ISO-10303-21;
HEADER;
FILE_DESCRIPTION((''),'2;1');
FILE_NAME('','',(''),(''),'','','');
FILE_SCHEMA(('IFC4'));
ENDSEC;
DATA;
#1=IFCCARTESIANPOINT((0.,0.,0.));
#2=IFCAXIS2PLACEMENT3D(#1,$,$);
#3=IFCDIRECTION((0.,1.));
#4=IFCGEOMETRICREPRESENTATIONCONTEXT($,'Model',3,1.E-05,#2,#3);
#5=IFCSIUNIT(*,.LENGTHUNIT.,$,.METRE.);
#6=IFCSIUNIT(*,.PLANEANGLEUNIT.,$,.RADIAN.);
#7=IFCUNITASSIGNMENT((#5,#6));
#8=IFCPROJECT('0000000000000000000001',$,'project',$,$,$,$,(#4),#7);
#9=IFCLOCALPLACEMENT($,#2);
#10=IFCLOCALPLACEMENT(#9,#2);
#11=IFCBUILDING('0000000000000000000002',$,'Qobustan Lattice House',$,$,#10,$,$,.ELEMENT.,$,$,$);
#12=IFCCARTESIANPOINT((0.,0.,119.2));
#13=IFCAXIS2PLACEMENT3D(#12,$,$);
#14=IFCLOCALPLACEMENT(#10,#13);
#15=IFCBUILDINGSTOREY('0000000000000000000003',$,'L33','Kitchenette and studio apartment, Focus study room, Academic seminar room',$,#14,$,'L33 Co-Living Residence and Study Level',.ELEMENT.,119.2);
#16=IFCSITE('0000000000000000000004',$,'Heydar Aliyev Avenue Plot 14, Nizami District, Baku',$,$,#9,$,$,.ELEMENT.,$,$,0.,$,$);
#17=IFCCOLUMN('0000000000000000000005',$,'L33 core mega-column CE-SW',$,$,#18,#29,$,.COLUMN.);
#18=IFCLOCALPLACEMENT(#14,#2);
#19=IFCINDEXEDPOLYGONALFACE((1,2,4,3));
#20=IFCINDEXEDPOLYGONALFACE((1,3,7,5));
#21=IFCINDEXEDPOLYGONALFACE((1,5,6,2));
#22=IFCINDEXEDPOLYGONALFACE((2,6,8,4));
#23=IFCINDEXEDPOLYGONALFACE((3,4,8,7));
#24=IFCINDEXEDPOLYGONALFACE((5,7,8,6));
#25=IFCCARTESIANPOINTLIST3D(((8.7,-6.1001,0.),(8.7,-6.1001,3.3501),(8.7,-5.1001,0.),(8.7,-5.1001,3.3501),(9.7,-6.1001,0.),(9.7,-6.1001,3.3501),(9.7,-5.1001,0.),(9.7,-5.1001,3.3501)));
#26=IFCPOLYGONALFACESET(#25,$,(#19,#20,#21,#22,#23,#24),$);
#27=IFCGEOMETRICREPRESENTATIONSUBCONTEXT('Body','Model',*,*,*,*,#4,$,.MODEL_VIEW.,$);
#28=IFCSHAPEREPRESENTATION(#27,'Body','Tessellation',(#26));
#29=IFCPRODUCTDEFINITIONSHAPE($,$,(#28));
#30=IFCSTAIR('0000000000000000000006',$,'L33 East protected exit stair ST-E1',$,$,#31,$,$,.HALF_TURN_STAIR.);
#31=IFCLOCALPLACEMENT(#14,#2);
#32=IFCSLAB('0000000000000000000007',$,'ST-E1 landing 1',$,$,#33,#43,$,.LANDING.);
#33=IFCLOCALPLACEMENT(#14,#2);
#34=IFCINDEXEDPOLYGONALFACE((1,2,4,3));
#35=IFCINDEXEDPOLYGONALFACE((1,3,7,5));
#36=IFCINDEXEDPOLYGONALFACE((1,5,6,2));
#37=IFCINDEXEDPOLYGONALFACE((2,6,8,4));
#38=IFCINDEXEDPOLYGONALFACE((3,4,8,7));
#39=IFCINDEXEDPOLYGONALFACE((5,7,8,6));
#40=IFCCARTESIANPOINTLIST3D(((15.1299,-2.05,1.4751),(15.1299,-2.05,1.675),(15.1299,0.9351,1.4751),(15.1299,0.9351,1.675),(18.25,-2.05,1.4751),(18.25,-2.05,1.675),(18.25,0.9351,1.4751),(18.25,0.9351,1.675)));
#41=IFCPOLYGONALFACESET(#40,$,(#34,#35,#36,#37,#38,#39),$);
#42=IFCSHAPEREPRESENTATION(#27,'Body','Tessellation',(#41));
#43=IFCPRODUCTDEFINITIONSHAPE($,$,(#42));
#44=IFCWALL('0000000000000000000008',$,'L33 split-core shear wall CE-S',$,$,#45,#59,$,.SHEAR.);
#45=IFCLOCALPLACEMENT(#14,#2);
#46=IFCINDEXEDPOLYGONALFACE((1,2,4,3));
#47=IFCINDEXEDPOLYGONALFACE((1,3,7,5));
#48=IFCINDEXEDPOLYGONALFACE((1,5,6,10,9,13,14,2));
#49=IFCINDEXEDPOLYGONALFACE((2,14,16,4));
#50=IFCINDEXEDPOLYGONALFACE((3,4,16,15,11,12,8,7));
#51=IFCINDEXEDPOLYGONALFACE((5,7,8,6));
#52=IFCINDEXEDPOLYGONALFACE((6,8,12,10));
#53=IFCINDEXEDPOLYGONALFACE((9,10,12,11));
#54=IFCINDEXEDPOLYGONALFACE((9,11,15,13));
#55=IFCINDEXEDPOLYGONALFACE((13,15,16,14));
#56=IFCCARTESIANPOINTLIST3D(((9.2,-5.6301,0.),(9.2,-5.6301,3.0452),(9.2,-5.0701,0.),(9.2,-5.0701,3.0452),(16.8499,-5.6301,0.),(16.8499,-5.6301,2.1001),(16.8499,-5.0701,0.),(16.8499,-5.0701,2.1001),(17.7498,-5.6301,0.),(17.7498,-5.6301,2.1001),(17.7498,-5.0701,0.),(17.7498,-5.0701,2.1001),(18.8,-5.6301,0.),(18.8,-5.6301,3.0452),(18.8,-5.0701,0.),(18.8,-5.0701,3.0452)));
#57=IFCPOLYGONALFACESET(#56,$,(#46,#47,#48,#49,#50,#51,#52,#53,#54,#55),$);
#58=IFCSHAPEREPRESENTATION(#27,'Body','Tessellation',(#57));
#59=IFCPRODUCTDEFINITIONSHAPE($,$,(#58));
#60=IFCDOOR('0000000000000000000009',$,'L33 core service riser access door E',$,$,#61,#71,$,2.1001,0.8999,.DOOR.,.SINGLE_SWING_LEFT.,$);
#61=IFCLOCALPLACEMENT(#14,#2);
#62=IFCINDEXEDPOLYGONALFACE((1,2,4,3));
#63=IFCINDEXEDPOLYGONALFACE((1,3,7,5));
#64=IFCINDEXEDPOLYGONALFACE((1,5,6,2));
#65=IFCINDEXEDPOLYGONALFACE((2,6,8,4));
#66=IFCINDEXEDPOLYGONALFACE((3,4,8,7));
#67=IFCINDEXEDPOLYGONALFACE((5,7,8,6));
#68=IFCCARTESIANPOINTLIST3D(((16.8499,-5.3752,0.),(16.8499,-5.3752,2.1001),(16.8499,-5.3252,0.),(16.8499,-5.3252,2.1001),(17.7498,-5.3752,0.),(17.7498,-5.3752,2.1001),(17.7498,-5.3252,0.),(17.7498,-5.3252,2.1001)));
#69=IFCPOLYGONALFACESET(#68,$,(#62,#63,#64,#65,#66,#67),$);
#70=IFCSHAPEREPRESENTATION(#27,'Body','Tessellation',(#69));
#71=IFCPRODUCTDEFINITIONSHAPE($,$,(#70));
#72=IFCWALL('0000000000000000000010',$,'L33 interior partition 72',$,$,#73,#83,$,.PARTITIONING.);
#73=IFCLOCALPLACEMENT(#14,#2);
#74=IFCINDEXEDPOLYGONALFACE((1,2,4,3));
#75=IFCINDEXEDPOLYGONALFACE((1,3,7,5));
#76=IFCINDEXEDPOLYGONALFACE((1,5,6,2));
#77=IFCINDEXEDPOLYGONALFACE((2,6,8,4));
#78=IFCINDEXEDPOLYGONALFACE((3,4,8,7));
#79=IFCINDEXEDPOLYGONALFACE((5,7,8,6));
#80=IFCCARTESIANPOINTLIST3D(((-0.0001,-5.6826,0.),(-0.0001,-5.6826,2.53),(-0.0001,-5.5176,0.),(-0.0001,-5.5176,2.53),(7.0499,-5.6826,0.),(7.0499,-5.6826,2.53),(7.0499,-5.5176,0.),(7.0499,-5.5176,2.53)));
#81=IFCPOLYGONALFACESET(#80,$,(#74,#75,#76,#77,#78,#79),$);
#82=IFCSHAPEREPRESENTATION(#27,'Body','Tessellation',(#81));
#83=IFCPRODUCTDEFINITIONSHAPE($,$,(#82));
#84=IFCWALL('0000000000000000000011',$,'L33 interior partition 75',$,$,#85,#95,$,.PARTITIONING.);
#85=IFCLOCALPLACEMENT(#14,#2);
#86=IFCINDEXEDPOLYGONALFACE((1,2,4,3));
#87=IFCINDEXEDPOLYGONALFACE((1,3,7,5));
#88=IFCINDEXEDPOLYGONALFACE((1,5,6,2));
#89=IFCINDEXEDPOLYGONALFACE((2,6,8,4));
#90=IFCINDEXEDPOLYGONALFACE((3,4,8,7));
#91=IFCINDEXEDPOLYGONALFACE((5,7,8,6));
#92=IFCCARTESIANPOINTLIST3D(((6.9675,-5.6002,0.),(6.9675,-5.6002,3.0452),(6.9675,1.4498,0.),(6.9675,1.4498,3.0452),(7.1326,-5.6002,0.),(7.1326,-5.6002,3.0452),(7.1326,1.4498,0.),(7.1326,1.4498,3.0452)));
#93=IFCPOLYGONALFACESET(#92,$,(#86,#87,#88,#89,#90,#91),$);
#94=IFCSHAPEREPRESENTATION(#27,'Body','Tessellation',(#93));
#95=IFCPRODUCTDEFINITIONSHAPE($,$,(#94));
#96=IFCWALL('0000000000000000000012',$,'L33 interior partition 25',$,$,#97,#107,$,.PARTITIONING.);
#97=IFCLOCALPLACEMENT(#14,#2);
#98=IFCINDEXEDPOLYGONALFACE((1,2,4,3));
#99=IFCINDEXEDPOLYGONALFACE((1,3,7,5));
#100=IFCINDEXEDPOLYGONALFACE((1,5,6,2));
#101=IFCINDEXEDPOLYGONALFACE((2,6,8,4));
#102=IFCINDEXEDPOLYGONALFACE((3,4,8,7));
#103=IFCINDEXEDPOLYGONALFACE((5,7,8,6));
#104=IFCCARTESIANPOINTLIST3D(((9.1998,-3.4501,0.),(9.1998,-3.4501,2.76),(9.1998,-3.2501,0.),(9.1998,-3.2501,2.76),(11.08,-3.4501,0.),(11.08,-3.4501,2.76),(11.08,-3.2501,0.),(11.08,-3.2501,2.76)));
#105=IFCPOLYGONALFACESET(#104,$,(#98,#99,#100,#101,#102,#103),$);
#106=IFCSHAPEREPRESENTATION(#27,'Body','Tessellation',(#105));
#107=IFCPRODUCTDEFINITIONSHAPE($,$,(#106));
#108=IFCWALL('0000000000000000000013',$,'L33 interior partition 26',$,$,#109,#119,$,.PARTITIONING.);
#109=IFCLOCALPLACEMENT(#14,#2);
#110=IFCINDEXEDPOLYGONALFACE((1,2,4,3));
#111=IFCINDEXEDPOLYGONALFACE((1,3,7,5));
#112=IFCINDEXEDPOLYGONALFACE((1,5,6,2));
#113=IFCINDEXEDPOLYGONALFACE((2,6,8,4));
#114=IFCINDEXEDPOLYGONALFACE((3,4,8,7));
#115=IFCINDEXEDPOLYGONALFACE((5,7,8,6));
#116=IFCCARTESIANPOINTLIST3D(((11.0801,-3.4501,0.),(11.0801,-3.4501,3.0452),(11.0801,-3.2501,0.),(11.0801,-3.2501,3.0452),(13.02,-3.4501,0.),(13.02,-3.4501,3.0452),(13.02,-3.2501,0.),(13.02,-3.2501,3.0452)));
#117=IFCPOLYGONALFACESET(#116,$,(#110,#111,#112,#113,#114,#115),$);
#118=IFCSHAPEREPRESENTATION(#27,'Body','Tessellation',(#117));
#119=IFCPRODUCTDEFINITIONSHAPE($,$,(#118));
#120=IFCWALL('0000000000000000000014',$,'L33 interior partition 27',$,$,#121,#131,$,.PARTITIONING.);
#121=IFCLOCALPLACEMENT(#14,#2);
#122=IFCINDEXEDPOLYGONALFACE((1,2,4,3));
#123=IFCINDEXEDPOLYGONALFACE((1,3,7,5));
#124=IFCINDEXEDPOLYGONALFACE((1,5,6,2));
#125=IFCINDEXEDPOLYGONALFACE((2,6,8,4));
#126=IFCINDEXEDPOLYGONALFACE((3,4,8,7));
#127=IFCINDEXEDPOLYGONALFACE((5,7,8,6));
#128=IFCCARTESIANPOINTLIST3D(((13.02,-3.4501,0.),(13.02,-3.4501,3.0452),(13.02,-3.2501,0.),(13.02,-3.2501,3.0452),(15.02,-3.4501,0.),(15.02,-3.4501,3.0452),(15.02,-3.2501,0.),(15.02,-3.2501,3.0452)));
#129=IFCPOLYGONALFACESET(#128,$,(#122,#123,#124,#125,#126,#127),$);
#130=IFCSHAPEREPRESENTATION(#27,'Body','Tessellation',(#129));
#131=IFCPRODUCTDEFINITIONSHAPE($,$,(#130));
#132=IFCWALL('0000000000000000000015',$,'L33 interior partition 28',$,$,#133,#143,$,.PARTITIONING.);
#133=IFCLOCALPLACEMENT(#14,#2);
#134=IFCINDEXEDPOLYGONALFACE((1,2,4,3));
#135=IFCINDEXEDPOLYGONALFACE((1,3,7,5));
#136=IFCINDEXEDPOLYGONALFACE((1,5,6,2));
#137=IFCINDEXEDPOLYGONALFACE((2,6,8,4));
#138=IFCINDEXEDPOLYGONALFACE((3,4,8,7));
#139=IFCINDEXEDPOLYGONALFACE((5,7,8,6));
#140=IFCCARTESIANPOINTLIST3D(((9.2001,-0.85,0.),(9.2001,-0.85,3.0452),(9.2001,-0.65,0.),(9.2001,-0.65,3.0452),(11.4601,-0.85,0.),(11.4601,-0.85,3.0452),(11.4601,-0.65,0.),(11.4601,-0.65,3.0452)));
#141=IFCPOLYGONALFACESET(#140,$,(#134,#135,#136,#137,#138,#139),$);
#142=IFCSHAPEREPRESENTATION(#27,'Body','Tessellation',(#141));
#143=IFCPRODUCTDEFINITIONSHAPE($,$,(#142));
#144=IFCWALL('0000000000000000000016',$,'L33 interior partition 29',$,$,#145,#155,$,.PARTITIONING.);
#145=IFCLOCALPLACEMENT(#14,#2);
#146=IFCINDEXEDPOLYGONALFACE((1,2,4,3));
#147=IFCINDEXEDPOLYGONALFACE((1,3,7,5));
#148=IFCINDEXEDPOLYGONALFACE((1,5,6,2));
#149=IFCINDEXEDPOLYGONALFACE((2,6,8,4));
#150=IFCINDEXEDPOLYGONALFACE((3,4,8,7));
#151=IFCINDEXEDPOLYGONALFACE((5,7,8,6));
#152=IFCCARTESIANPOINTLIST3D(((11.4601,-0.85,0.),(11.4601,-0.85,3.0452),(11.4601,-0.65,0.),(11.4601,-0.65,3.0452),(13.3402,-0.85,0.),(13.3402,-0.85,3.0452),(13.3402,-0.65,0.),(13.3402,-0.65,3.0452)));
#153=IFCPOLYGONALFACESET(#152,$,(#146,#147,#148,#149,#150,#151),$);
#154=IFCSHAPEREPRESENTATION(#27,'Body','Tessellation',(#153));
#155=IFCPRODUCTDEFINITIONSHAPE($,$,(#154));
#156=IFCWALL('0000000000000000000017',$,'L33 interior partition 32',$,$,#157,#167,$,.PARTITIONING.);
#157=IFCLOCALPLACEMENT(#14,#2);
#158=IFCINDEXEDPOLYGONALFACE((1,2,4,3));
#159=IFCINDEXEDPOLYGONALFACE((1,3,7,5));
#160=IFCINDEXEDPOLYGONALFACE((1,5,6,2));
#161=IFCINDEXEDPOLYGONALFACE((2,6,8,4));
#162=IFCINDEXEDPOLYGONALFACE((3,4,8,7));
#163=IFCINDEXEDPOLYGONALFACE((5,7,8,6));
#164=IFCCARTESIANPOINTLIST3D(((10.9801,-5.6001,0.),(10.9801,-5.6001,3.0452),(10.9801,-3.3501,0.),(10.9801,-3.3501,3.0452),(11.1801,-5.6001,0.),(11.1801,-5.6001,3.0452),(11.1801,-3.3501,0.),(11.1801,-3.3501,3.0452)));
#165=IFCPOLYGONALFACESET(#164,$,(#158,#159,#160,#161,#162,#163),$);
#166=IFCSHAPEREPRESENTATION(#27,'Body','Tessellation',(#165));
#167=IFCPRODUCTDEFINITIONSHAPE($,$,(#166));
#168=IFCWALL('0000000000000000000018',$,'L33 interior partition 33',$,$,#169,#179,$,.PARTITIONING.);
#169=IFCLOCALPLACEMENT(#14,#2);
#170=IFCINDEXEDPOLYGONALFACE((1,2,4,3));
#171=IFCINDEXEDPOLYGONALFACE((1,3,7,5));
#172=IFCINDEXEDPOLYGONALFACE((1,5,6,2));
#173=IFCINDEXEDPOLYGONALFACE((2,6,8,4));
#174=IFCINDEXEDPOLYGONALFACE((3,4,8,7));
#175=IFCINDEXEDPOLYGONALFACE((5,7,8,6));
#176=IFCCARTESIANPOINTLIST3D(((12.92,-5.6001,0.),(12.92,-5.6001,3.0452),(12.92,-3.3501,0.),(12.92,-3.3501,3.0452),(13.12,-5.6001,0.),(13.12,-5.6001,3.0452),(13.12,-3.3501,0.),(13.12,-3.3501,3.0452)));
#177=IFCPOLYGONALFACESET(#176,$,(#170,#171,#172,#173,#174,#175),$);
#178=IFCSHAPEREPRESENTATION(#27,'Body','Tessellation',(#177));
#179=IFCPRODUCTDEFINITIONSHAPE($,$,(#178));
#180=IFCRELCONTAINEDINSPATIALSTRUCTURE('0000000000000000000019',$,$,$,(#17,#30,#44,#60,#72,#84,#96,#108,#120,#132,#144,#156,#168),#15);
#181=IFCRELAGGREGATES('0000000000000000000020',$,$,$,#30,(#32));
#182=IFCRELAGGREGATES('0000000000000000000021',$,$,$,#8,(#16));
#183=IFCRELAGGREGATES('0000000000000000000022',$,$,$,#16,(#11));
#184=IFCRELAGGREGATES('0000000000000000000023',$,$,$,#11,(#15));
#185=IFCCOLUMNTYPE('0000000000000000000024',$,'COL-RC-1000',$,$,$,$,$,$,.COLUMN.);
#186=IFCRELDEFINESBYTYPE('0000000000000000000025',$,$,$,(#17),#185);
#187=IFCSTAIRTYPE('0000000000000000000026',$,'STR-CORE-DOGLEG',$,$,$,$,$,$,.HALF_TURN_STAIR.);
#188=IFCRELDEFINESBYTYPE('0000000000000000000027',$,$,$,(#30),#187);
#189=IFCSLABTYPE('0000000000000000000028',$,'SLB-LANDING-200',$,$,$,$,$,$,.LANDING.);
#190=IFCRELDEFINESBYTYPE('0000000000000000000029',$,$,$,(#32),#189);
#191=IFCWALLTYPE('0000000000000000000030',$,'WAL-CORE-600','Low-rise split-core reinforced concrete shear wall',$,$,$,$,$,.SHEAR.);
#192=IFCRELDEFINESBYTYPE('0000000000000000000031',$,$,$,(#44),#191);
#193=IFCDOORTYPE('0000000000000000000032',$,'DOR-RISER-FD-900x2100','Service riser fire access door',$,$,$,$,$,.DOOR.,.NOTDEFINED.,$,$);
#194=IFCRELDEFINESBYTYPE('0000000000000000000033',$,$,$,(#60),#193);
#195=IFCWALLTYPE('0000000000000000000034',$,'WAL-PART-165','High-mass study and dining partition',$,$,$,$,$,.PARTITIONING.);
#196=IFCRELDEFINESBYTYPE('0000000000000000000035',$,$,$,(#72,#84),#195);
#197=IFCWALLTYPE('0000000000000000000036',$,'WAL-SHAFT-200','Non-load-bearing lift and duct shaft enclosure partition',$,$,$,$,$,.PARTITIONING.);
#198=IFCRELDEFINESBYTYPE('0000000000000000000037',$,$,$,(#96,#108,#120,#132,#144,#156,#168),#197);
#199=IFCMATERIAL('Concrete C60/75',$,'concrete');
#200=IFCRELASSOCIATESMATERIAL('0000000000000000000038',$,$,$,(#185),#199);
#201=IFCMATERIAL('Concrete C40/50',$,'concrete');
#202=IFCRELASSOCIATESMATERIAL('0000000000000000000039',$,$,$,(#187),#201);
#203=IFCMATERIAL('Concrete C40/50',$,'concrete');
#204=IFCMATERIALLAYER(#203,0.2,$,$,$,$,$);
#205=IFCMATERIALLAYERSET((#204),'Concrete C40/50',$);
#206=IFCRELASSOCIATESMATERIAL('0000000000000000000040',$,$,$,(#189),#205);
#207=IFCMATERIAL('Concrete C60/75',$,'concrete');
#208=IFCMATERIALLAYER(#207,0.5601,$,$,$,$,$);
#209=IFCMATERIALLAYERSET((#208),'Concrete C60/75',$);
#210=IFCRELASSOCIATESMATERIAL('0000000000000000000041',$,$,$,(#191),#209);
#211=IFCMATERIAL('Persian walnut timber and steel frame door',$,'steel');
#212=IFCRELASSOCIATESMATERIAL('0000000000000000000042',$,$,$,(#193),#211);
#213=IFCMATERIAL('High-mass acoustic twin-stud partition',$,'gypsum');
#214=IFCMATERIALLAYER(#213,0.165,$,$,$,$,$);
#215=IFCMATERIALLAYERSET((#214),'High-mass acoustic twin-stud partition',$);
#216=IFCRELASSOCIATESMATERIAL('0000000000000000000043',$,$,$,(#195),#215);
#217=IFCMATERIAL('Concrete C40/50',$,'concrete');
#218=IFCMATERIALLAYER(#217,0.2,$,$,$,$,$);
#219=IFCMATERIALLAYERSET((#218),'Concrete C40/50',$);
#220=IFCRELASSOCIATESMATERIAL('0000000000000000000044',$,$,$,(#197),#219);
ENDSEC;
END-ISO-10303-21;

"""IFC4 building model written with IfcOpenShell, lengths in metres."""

from ifc_helpers import new_model, si_unit, direction, frame, frame_2d, origin, origin_2d, place, context, subcontext, project, spatial, polyline, rectangle, outline, extrude, material, layer, layer_set, material_profile, profile_set, type_object, element, fill, aggregate, save


model = new_model("IFC4")

# Units and contexts
model_context = context("Model", 3, precision=1e-05, world=origin(), true_north=direction((0.0, 1.0)))
body_context = subcontext(model_context, "Body", "Model", "MODEL_VIEW")
ifc_project = project(units=[si_unit("LENGTHUNIT", "METRE"), si_unit("PLANEANGLEUNIT", "RADIAN")], contexts=[model_context])

# Site, building, storey
site_placement = place(None, origin())
site = spatial("IfcSite", under=ifc_project, at=site_placement, Name="Heydar Aliyev Avenue Plot 14, Nizami District, Baku", CompositionType="ELEMENT", RefElevation=0.0)
building_placement = place(site_placement, origin())
building = spatial("IfcBuilding", under=site, at=building_placement, Name="Qobustan Lattice House", CompositionType="ELEMENT")
storey_placement = place(building_placement, frame((0.0, 0.0, 119.2)))
storey = spatial("IfcBuildingStorey", under=building, at=storey_placement, Name="L33", Description="Kitchenette and studio apartment, Focus study room, Academic seminar room", LongName="L33 Co-Living Residence and Study Level", CompositionType="ELEMENT", Elevation=119.2)

# Column
ifc_material_1 = material(Name="Concrete C60/75", Category="concrete")
ifc_material_profile = material_profile(ifc_material_1, rectangle(XDim=1.0, YDim=1.0, at=origin_2d()), Name="RC1000x1000")
ifc_profile_set = profile_set([ifc_material_profile], Name="Concrete C60/75")
column_type = type_object("IfcColumnType", Name="COL-RC-1000", PredefinedType="COLUMN", material=ifc_profile_set)
column_placement = place(storey_placement, frame((9.2, -5.6001, 0.0), z_axis=(0.0, 0.0, 1.0), x_axis=(1.0, 0.0, 0.0)))
element("IfcColumn", 1, at=column_placement, inside=storey, type_object=column_type, Name="L33 core mega-column CE-SW", PredefinedType="COLUMN", context=body_context, shape_type="SweptSolid", body=[
    extrude(rectangle(XDim=1.0, YDim=1.0, at=origin_2d()), origin(), (0.0, 0.0, 1.0), 3.3501),
])

# Stair, slab
ifc_material_2 = material(Name="Concrete C40/50", Category="concrete")
stair_type = type_object("IfcStairType", Name="STR-CORE-DOGLEG", PredefinedType="HALF_TURN_STAIR", material=ifc_material_2)
stair_placement = place(storey_placement, origin())
stair = element("IfcStair", 2, at=stair_placement, inside=storey, type_object=stair_type, Name="L33 East protected exit stair ST-E1", PredefinedType="HALF_TURN_STAIR")
ifc_material_3 = material(Name="Concrete C40/50", Category="concrete")
ifc_layer_1 = layer(ifc_material_3, 0.2)
ifc_layer_set_1 = layer_set([ifc_layer_1], Name="Concrete C40/50")
slab_type = type_object("IfcSlabType", Name="SLB-LANDING-200", PredefinedType="LANDING", material=ifc_layer_set_1)
slab_placement = place(storey_placement, frame((0.0, 0.0, 1.4751)))
slab = element("IfcSlab", 3, at=slab_placement, type_object=slab_type, Name="ST-E1 landing 1", PredefinedType="LANDING", context=body_context, shape_type="SweptSolid", body=[
    extrude(outline(polyline([(15.1299, 0.9351), (15.1299, -2.05), (18.25, -2.05), (18.25, 0.9351), (15.1299, 0.9351)])), origin(), (0.0, 0.0, 1.0), 0.2),
])
aggregate(stair, [slab])

# Wall, opening, door
ifc_material_4 = material(Name="Concrete C60/75", Category="concrete")
ifc_layer_2 = layer(ifc_material_4, 0.5601)
ifc_layer_set_2 = layer_set([ifc_layer_2], Name="Concrete C60/75")
wall_type_1 = type_object("IfcWallType", Name="WAL-CORE-600", Description="Low-rise split-core reinforced concrete shear wall", PredefinedType="SHEAR", material=ifc_layer_set_2)
wall_1_placement = place(storey_placement, frame((9.2, -5.3501, 0.0), z_axis=(0.0, 0.0, 1.0), x_axis=(1.0, 0.0, 0.0)))
wall_1 = element("IfcWall", 4, at=wall_1_placement, inside=storey, type_object=wall_type_1, Name="L33 split-core shear wall CE-S", PredefinedType="SHEAR", context=body_context, shape_type="SweptSolid", body=[
    extrude(rectangle(XDim=9.6001, YDim=0.5601, at=frame_2d((4.8, 0.0))), origin(), (0.0, 0.0, 1.0), 3.0452),
])
opening_1_placement = place(wall_1_placement, frame((7.6499, 0.0, 0.0)))
opening_1 = element("IfcOpeningElement", 5, at=opening_1_placement, cuts=wall_1, PredefinedType="OPENING", context=body_context, shape_type="SweptSolid", body=[
    extrude(rectangle(XDim=0.8999, YDim=2.1001, at=frame_2d((0.45, 1.05))), frame((0.0, 0.29, 0.0), z_axis=(0.0, -1.0, 0.0), x_axis=(1.0, 0.0, 0.0)), (0.0, 0.0, 1.0), 0.5801),
])
ifc_material_5 = material(Name="Persian walnut timber and steel frame door", Category="steel")
door_type_1 = type_object("IfcDoorType", Name="DOR-RISER-FD-900x2100", Description="Service riser fire access door", OperationType="NOTDEFINED", PredefinedType="DOOR", material=ifc_material_5)
door_1_placement = place(opening_1_placement, origin())
door_1 = element("IfcDoor", 6, at=door_1_placement, inside=storey, type_object=door_type_1, Name="L33 core service riser access door E", OperationType="SINGLE_SWING_LEFT", OverallHeight=2.1001, OverallWidth=0.8999, PredefinedType="DOOR", context=body_context, shape_type="SweptSolid", body=[
    extrude(rectangle(XDim=0.8999, YDim=2.1001, at=frame_2d((0.45, 1.05))), frame((0.0, 0.0249, 0.0), z_axis=(0.0, -1.0, 0.0), x_axis=(1.0, 0.0, 0.0)), (0.0, 0.0, 1.0), 0.05),
])
fill(opening_1, door_1)

# Walls
ifc_material_6 = material(Name="High-mass acoustic twin-stud partition", Category="gypsum")
ifc_layer_3 = layer(ifc_material_6, 0.165)
ifc_layer_set_3 = layer_set([ifc_layer_3], Name="High-mass acoustic twin-stud partition")
wall_type_2 = type_object("IfcWallType", Name="WAL-PART-165", Description="High-mass study and dining partition", PredefinedType="PARTITIONING", material=ifc_layer_set_3)
wall_2_placement = place(storey_placement, frame((0.0, -5.6001, 0.0), z_axis=(0.0, 0.0, 1.0), x_axis=(1.0, 0.0, 0.0)))
element("IfcWall", 7, at=wall_2_placement, inside=storey, type_object=wall_type_2, Name="L33 interior partition 72", PredefinedType="PARTITIONING", context=body_context, shape_type="SweptSolid", body=[
    extrude(rectangle(XDim=7.05, YDim=0.165, at=frame_2d((3.5249, 0.0))), origin(), (0.0, 0.0, 1.0), 2.53),
])
wall_3_placement = place(storey_placement, frame((7.05, -5.6001, 0.0), z_axis=(0.0, 0.0, 1.0), x_axis=(0.0, 1.0, 0.0)))
element("IfcWall", 8, at=wall_3_placement, inside=storey, type_object=wall_type_2, Name="L33 interior partition 75", PredefinedType="PARTITIONING", context=body_context, shape_type="SweptSolid", body=[
    extrude(rectangle(XDim=7.05, YDim=0.165, at=frame_2d((3.5249, 0.0))), origin(), (0.0, 0.0, 1.0), 3.0452),
])
ifc_material_7 = material(Name="Concrete C40/50", Category="concrete")
ifc_layer_4 = layer(ifc_material_7, 0.2)
ifc_layer_set_4 = layer_set([ifc_layer_4], Name="Concrete C40/50")
wall_type_3 = type_object("IfcWallType", Name="WAL-SHAFT-200", Description="Non-load-bearing lift and duct shaft enclosure partition", PredefinedType="PARTITIONING", material=ifc_layer_set_4)
wall_4_placement = place(storey_placement, frame((9.2, -3.3501, 0.0), z_axis=(0.0, 0.0, 1.0), x_axis=(1.0, 0.0, 0.0)))
element("IfcWall", 9, at=wall_4_placement, inside=storey, type_object=wall_type_3, Name="L33 interior partition 25", PredefinedType="PARTITIONING", context=body_context, shape_type="SweptSolid", body=[
    extrude(rectangle(XDim=1.8801, YDim=0.2, at=frame_2d((0.9399, 0.0))), origin(), (0.0, 0.0, 1.0), 2.76),
])
wall_5_placement = place(storey_placement, frame((11.0801, -3.3501, 0.0), z_axis=(0.0, 0.0, 1.0), x_axis=(1.0, 0.0, 0.0)))
element("IfcWall", 10, at=wall_5_placement, inside=storey, type_object=wall_type_3, Name="L33 interior partition 26", PredefinedType="PARTITIONING", context=body_context, shape_type="SweptSolid", body=[
    extrude(rectangle(XDim=1.9399, YDim=0.2, at=frame_2d((0.97, 0.0))), origin(), (0.0, 0.0, 1.0), 3.0452),
])
wall_6_placement = place(storey_placement, frame((13.02, -3.3501, 0.0), z_axis=(0.0, 0.0, 1.0), x_axis=(1.0, 0.0, 0.0)))
element("IfcWall", 11, at=wall_6_placement, inside=storey, type_object=wall_type_3, Name="L33 interior partition 27", PredefinedType="PARTITIONING", context=body_context, shape_type="SweptSolid", body=[
    extrude(rectangle(XDim=2.0, YDim=0.2, at=frame_2d((1.0, 0.0))), origin(), (0.0, 0.0, 1.0), 3.0452),
])
wall_7_placement = place(storey_placement, frame((11.46, -0.75, 0.0), z_axis=(0.0, 0.0, 1.0), x_axis=(-1.0, 0.0, 0.0)))
element("IfcWall", 12, at=wall_7_placement, inside=storey, type_object=wall_type_3, Name="L33 interior partition 28", PredefinedType="PARTITIONING", context=body_context, shape_type="SweptSolid", body=[
    extrude(rectangle(XDim=2.26, YDim=0.2, at=frame_2d((1.1299, 0.0))), origin(), (0.0, 0.0, 1.0), 3.0452),
])
wall_8_placement = place(storey_placement, frame((13.3401, -0.75, 0.0), z_axis=(0.0, 0.0, 1.0), x_axis=(-1.0, 0.0, 0.0)))
element("IfcWall", 13, at=wall_8_placement, inside=storey, type_object=wall_type_3, Name="L33 interior partition 29", PredefinedType="PARTITIONING", context=body_context, shape_type="SweptSolid", body=[
    extrude(rectangle(XDim=1.8801, YDim=0.2, at=frame_2d((0.9399, 0.0))), origin(), (0.0, 0.0, 1.0), 3.0452),
])
for number, where, z_axis, x_axis, name in (
    (14, (11.0801, -5.6001, 0.0), (0.0, 0.0, 1.0), (0.0, 1.0, 0.0), "L33 interior partition 32"),
    (15, (13.02, -5.6001, 0.0), (0.0, 0.0, 1.0), (0.0, 1.0, 0.0), "L33 interior partition 33"),
):
    element("IfcWall", number, at=place(storey_placement, frame(where, z_axis=z_axis, x_axis=x_axis)), inside=storey, type_object=wall_type_3, Name=name, PredefinedType="PARTITIONING", context=body_context, shape_type="SweptSolid", body=[
        extrude(rectangle(XDim=2.25, YDim=0.2, at=frame_2d((1.125, 0.0))), origin(), (0.0, 0.0, 1.0), 3.0452),
    ])

save(model, "model.ifc")
